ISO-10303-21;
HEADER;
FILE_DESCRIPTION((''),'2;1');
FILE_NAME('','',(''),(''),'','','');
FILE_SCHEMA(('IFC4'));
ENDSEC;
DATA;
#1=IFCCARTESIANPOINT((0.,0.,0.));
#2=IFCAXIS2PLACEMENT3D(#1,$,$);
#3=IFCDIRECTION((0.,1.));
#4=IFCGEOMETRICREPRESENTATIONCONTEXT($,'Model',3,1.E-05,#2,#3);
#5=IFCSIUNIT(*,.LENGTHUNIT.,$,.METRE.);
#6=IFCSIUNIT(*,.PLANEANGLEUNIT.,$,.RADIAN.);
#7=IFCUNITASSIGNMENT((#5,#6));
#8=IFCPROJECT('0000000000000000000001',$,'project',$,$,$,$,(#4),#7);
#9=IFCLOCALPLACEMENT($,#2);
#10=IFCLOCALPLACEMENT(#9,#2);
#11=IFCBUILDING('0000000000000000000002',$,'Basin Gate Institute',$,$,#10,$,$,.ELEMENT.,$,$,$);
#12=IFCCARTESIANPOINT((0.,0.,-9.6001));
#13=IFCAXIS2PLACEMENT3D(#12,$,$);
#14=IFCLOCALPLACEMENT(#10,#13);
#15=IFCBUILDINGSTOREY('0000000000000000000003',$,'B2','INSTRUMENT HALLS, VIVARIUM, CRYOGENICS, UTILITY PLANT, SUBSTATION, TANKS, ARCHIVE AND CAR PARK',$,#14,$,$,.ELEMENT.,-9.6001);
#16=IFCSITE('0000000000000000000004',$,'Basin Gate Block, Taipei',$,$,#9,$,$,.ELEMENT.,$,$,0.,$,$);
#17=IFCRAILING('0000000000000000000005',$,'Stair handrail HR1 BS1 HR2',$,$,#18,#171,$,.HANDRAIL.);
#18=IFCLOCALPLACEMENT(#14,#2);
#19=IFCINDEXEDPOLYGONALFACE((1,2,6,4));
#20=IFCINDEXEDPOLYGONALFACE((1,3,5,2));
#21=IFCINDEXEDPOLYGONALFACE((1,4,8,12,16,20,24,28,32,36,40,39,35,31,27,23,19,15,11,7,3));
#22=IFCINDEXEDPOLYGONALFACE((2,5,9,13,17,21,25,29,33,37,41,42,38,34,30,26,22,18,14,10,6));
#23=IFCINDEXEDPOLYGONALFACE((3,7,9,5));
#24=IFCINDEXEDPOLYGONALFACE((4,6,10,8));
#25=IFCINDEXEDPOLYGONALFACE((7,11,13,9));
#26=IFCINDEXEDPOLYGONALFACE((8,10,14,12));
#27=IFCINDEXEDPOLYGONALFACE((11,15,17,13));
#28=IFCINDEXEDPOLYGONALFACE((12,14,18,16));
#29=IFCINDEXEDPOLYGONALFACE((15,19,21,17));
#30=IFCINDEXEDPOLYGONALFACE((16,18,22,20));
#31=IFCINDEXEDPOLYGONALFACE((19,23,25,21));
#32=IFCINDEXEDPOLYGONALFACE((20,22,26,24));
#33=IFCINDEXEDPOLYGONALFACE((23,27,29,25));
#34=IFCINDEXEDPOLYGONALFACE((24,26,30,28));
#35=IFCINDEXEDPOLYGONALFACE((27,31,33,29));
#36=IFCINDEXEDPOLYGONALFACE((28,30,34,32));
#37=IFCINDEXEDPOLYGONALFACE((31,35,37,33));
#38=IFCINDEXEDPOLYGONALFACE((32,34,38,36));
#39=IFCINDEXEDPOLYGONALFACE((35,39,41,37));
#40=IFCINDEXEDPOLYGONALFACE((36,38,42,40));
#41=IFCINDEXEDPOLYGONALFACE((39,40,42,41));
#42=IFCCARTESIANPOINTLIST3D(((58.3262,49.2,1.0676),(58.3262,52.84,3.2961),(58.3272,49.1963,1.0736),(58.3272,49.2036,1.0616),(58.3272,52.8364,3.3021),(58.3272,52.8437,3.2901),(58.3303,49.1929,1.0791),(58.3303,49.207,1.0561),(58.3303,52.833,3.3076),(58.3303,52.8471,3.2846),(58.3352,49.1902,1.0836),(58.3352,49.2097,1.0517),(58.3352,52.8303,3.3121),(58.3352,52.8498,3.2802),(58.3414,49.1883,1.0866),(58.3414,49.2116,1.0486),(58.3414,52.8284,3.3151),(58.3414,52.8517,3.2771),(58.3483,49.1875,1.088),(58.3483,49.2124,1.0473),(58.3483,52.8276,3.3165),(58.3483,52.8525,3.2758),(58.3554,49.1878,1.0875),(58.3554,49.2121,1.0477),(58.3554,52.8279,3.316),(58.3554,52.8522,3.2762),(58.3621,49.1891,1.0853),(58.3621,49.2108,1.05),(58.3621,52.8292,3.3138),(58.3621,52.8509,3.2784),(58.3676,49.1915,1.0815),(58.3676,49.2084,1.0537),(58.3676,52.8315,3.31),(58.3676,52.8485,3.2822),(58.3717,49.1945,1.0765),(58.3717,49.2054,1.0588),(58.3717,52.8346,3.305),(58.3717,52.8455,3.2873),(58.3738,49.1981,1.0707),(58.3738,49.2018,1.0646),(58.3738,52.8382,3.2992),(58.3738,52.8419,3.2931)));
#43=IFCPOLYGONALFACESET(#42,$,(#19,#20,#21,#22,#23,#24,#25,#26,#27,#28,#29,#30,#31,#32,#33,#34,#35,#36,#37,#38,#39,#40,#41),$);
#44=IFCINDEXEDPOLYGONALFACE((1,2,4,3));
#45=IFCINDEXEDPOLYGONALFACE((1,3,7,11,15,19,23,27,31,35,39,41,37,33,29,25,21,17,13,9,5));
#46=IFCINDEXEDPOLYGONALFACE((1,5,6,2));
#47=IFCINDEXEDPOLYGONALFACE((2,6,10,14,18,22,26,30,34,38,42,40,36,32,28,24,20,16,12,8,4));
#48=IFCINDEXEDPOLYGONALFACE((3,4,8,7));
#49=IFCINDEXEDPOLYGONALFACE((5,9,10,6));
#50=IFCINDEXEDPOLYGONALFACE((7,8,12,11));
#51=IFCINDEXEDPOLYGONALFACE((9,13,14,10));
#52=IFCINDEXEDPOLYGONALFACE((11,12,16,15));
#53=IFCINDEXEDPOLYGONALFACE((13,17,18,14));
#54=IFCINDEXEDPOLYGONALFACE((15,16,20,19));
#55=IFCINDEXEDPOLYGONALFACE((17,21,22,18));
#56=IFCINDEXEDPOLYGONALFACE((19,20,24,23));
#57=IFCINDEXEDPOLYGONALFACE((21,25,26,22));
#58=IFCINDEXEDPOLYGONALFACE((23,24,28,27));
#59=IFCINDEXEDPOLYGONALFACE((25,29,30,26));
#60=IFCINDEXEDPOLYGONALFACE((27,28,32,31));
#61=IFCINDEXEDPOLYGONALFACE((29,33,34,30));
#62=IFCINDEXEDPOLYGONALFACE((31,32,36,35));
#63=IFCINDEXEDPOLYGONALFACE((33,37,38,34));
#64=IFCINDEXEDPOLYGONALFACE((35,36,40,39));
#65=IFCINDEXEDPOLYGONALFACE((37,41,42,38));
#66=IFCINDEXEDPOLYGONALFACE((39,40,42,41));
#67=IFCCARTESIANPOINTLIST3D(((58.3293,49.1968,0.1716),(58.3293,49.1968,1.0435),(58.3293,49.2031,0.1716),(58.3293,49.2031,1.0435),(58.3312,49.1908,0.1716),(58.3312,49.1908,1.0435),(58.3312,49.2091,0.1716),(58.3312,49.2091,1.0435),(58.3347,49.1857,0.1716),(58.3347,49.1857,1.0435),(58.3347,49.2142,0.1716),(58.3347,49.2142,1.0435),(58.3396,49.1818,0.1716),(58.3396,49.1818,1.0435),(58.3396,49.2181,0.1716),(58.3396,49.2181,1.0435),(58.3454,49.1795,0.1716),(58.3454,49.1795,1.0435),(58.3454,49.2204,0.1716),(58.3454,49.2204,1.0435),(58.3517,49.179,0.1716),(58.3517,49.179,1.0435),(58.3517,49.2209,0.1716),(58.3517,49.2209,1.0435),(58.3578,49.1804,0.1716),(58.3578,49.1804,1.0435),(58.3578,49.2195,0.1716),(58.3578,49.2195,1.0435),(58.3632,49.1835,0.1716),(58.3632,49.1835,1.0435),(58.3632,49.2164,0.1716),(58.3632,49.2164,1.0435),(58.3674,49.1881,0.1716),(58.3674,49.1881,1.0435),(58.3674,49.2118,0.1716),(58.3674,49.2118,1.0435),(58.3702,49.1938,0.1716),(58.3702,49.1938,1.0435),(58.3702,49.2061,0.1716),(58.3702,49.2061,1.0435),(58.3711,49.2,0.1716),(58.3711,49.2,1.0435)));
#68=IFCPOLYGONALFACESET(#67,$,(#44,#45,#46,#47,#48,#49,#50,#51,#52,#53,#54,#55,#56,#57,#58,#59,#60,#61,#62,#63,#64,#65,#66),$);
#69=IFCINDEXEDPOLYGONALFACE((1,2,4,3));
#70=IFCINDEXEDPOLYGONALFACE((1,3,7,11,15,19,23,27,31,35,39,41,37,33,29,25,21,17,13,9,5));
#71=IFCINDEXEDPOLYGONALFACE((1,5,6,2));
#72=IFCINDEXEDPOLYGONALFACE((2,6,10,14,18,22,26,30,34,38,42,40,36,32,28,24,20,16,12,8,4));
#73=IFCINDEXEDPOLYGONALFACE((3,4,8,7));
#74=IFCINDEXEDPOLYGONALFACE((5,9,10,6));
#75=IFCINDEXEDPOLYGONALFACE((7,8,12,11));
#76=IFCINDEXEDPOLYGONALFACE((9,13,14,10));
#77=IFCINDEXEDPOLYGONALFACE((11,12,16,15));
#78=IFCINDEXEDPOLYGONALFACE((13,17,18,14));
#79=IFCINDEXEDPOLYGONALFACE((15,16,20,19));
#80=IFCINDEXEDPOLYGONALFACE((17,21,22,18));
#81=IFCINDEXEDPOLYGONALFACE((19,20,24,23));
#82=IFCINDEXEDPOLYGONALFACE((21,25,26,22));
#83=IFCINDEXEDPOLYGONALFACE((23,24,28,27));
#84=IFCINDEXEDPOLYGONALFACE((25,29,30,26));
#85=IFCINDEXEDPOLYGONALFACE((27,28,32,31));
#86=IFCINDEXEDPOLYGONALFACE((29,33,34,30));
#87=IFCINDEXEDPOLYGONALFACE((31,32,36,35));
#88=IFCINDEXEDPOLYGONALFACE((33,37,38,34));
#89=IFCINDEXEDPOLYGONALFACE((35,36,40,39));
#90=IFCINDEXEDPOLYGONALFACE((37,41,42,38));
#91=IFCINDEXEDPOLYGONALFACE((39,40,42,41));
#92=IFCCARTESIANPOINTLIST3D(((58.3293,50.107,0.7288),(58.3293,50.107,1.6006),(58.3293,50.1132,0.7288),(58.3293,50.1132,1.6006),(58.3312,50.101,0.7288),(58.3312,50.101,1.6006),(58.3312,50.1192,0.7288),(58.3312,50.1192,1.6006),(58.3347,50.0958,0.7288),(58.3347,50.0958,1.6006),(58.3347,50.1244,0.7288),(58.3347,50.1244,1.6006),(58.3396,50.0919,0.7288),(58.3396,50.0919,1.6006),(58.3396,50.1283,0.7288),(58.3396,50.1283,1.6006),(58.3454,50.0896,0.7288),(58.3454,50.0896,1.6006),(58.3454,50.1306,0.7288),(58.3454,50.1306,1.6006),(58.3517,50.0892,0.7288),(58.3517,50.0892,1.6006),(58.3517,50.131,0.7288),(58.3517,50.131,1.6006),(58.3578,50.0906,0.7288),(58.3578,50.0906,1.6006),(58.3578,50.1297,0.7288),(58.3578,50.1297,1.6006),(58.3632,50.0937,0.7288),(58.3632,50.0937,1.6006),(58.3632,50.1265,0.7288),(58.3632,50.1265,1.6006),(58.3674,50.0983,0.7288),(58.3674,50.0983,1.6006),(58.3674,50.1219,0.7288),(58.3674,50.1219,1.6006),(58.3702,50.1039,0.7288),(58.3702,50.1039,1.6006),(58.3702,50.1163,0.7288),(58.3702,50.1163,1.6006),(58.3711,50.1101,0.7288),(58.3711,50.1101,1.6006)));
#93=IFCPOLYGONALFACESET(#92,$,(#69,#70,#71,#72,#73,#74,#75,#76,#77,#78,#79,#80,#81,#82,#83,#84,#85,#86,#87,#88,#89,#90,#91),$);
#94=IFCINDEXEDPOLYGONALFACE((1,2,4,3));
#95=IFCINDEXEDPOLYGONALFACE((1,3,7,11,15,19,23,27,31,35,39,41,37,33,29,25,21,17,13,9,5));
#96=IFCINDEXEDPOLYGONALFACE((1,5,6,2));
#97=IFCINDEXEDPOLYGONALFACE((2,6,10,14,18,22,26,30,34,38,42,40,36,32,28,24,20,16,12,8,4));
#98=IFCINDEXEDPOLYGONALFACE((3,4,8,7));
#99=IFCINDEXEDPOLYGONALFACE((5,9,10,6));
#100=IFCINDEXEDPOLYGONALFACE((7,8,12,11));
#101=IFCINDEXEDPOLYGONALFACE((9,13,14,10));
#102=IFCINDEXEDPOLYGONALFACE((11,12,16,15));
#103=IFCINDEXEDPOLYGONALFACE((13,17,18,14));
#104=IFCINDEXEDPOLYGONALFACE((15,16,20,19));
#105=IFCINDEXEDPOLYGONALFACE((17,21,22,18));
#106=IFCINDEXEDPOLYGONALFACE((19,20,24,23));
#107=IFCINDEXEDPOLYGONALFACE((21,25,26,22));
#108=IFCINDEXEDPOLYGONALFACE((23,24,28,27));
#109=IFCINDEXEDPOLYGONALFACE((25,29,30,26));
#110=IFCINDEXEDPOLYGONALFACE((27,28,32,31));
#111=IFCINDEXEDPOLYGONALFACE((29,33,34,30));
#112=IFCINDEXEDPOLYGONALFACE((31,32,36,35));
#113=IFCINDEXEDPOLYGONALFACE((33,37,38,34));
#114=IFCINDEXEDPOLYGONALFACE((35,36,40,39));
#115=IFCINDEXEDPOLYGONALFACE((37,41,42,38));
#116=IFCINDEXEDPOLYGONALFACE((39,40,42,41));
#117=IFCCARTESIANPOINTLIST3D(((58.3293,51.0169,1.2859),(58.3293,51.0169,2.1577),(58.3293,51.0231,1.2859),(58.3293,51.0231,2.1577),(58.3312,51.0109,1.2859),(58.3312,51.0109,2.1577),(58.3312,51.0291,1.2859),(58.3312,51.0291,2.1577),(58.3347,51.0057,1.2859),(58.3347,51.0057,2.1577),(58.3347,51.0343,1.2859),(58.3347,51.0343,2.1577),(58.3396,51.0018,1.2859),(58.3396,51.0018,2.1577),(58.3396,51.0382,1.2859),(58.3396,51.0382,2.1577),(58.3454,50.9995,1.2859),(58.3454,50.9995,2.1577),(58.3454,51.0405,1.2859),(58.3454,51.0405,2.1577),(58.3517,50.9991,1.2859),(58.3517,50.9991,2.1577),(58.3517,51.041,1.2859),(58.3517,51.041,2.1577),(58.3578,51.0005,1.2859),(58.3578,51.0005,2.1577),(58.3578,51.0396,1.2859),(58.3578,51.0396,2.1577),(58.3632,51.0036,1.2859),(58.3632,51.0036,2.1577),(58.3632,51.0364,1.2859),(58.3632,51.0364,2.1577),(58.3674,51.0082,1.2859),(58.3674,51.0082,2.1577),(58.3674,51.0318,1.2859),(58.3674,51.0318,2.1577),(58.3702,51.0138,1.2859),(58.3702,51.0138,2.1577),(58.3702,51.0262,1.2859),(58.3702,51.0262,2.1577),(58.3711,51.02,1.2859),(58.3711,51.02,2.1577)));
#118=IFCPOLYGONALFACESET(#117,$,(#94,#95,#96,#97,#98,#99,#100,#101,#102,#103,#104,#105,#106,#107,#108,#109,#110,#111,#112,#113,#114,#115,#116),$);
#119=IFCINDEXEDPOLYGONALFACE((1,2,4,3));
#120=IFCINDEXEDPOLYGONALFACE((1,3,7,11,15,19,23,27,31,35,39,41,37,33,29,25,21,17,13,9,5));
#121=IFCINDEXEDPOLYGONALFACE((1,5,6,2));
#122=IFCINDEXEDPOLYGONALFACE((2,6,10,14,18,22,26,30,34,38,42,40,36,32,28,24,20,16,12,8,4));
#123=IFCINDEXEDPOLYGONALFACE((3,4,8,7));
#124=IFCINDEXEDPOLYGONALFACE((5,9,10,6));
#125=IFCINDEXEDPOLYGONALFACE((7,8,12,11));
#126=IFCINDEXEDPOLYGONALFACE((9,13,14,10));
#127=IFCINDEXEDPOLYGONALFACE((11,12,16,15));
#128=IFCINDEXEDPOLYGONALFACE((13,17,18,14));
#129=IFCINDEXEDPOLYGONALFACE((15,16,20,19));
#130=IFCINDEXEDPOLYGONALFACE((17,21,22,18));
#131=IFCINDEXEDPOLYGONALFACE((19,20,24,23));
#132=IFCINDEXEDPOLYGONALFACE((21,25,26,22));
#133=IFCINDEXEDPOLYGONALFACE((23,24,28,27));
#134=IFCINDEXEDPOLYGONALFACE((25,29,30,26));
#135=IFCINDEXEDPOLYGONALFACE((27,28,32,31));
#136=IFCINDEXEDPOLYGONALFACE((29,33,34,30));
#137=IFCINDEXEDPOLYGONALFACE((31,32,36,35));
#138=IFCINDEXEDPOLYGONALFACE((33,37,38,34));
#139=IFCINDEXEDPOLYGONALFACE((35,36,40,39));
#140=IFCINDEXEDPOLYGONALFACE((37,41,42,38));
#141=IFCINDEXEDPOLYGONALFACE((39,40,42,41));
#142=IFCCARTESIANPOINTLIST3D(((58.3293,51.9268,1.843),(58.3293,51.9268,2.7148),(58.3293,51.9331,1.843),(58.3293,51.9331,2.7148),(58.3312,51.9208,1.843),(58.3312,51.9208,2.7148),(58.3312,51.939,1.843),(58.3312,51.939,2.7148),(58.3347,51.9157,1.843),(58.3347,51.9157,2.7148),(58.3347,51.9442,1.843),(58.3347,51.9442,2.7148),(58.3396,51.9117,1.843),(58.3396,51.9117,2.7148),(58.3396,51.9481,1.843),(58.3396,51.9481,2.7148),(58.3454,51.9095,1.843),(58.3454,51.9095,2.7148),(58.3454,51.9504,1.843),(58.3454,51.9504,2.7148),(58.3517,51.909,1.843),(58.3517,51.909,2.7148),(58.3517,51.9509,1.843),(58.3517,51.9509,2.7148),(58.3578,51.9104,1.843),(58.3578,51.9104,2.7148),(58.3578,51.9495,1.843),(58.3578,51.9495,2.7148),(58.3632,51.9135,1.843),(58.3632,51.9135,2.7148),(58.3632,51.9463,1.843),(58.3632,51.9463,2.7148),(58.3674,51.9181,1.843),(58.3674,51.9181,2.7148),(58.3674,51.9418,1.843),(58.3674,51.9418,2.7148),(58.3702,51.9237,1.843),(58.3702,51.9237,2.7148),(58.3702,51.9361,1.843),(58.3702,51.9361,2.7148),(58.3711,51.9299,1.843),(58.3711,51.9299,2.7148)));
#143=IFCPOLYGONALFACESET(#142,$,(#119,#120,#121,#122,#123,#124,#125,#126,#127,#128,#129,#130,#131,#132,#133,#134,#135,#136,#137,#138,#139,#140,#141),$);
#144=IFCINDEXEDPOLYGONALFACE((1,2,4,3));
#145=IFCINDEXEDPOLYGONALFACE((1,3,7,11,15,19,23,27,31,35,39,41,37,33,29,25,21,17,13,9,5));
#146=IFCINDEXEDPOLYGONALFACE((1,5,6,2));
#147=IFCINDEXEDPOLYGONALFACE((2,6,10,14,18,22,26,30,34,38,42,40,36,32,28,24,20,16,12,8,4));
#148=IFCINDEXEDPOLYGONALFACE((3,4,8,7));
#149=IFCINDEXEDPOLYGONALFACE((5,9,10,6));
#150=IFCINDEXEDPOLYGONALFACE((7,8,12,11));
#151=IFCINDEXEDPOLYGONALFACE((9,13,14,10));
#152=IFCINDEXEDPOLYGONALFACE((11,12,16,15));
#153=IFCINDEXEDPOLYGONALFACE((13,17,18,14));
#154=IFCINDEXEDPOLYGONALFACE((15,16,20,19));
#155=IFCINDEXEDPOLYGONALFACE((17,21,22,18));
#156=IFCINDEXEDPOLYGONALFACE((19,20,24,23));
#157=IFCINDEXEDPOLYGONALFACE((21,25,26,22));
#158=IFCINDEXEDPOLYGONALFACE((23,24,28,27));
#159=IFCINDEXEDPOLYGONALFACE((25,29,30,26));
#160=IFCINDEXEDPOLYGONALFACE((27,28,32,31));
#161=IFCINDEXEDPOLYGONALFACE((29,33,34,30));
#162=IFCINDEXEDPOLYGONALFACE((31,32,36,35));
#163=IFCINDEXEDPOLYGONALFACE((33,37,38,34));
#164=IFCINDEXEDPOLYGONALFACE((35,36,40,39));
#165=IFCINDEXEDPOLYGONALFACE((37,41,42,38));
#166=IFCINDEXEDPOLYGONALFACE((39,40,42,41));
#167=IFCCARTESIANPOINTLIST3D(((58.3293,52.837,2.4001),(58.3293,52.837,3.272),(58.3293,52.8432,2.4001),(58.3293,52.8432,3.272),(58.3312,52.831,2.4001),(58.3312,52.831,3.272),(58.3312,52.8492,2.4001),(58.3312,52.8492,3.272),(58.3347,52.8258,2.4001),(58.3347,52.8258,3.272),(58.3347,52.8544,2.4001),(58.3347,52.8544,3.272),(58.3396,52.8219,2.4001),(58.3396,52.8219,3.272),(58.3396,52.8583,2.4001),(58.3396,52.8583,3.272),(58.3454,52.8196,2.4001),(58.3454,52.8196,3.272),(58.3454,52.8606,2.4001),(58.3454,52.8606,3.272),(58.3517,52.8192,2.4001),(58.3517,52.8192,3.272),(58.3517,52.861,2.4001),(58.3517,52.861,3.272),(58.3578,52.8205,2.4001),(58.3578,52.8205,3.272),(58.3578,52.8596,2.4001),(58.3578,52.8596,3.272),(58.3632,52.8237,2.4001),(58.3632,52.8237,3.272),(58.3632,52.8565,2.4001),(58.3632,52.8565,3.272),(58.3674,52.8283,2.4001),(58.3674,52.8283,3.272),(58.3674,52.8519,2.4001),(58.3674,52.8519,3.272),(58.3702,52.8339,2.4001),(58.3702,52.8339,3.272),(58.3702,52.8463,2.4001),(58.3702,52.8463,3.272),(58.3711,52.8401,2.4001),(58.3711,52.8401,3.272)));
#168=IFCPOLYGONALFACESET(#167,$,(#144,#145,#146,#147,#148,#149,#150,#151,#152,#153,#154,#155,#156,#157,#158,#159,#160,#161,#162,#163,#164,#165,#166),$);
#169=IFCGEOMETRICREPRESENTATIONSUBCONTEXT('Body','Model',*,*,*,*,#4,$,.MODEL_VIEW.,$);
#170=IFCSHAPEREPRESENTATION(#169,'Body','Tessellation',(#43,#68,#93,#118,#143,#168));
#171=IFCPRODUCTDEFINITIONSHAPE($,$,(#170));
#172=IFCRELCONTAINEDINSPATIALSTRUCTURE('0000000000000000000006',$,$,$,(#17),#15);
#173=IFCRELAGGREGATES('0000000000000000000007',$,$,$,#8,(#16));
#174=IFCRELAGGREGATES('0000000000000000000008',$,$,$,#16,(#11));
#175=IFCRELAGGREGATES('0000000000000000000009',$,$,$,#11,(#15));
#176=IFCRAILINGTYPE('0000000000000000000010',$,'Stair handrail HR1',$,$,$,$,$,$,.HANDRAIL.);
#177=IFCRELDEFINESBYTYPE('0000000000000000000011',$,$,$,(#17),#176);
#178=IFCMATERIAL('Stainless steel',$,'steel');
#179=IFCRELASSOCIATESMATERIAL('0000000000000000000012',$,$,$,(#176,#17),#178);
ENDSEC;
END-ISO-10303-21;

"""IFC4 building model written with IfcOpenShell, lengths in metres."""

from ifc_helpers import new_model, si_unit, direction, frame, origin, origin_2d, place, context, subcontext, project, spatial, circle, extrude, material, type_object, element, save


model = new_model("IFC4")

# Units and contexts
model_context = context("Model", 3, precision=1e-05, world=origin(), true_north=direction((0.0, 1.0)))
body_context = subcontext(model_context, "Body", "Model", "MODEL_VIEW")
ifc_project = project(units=[si_unit("LENGTHUNIT", "METRE"), si_unit("PLANEANGLEUNIT", "RADIAN")], contexts=[model_context])

# Site, building, storey
site_placement = place(None, origin())
site = spatial("IfcSite", under=ifc_project, at=site_placement, Name="Basin Gate Block, Taipei", CompositionType="ELEMENT", RefElevation=0.0)
building_placement = place(site_placement, origin())
building = spatial("IfcBuilding", under=site, at=building_placement, Name="Basin Gate Institute", CompositionType="ELEMENT")
storey_placement = place(building_placement, frame((0.0, 0.0, -9.6001)))
storey = spatial("IfcBuildingStorey", under=building, at=storey_placement, Name="B2", Description="INSTRUMENT HALLS, VIVARIUM, CRYOGENICS, UTILITY PLANT, SUBSTATION, TANKS, ARCHIVE AND CAR PARK", CompositionType="ELEMENT", Elevation=-9.6001)

# Railing
ifc_material_1 = material(Name="Stainless steel", Category="steel")
railing_type_1 = type_object("IfcRailingType", Name="Stair handrail HR1", PredefinedType="HANDRAIL", material=ifc_material_1)
for number, where, name in (
    (1, (58.3501, 49.2, 0.1716), "Stair handrail HR1 BS1 HR2"),
):
    element("IfcRailing", number, at=place(storey_placement, frame(where)), inside=storey, type_object=railing_type_1, material=ifc_material_1, Name=name, PredefinedType="HANDRAIL", context=body_context, shape_type="SweptSolid", body=[
        extrude(circle(Radius=0.0239, at=origin_2d()), frame((0.0, 0.0, 0.896), z_axis=(0.0, 0.852866, 0.52213), x_axis=(-1.0, 0.0, 0.0)), (0.0, 0.0, 1.0), 4.2681),
        extrude(circle(Radius=0.021, at=origin_2d()), origin(), (0.0, 0.0, 1.0), 0.8718),
        extrude(circle(Radius=0.021, at=origin_2d()), frame((0.0, 0.9102, 0.5571)), (0.0, 0.0, 1.0), 0.8718),
        extrude(circle(Radius=0.021, at=origin_2d()), frame((0.0, 1.8201, 1.1143)), (0.0, 0.0, 1.0), 0.8718),
        extrude(circle(Radius=0.021, at=origin_2d()), frame((0.0, 2.73, 1.6714)), (0.0, 0.0, 1.0), 0.8718),
        extrude(circle(Radius=0.021, at=origin_2d()), frame((0.0, 3.6401, 2.2285)), (0.0, 0.0, 1.0), 0.8718),
    ])

save(model, "model.ifc")
